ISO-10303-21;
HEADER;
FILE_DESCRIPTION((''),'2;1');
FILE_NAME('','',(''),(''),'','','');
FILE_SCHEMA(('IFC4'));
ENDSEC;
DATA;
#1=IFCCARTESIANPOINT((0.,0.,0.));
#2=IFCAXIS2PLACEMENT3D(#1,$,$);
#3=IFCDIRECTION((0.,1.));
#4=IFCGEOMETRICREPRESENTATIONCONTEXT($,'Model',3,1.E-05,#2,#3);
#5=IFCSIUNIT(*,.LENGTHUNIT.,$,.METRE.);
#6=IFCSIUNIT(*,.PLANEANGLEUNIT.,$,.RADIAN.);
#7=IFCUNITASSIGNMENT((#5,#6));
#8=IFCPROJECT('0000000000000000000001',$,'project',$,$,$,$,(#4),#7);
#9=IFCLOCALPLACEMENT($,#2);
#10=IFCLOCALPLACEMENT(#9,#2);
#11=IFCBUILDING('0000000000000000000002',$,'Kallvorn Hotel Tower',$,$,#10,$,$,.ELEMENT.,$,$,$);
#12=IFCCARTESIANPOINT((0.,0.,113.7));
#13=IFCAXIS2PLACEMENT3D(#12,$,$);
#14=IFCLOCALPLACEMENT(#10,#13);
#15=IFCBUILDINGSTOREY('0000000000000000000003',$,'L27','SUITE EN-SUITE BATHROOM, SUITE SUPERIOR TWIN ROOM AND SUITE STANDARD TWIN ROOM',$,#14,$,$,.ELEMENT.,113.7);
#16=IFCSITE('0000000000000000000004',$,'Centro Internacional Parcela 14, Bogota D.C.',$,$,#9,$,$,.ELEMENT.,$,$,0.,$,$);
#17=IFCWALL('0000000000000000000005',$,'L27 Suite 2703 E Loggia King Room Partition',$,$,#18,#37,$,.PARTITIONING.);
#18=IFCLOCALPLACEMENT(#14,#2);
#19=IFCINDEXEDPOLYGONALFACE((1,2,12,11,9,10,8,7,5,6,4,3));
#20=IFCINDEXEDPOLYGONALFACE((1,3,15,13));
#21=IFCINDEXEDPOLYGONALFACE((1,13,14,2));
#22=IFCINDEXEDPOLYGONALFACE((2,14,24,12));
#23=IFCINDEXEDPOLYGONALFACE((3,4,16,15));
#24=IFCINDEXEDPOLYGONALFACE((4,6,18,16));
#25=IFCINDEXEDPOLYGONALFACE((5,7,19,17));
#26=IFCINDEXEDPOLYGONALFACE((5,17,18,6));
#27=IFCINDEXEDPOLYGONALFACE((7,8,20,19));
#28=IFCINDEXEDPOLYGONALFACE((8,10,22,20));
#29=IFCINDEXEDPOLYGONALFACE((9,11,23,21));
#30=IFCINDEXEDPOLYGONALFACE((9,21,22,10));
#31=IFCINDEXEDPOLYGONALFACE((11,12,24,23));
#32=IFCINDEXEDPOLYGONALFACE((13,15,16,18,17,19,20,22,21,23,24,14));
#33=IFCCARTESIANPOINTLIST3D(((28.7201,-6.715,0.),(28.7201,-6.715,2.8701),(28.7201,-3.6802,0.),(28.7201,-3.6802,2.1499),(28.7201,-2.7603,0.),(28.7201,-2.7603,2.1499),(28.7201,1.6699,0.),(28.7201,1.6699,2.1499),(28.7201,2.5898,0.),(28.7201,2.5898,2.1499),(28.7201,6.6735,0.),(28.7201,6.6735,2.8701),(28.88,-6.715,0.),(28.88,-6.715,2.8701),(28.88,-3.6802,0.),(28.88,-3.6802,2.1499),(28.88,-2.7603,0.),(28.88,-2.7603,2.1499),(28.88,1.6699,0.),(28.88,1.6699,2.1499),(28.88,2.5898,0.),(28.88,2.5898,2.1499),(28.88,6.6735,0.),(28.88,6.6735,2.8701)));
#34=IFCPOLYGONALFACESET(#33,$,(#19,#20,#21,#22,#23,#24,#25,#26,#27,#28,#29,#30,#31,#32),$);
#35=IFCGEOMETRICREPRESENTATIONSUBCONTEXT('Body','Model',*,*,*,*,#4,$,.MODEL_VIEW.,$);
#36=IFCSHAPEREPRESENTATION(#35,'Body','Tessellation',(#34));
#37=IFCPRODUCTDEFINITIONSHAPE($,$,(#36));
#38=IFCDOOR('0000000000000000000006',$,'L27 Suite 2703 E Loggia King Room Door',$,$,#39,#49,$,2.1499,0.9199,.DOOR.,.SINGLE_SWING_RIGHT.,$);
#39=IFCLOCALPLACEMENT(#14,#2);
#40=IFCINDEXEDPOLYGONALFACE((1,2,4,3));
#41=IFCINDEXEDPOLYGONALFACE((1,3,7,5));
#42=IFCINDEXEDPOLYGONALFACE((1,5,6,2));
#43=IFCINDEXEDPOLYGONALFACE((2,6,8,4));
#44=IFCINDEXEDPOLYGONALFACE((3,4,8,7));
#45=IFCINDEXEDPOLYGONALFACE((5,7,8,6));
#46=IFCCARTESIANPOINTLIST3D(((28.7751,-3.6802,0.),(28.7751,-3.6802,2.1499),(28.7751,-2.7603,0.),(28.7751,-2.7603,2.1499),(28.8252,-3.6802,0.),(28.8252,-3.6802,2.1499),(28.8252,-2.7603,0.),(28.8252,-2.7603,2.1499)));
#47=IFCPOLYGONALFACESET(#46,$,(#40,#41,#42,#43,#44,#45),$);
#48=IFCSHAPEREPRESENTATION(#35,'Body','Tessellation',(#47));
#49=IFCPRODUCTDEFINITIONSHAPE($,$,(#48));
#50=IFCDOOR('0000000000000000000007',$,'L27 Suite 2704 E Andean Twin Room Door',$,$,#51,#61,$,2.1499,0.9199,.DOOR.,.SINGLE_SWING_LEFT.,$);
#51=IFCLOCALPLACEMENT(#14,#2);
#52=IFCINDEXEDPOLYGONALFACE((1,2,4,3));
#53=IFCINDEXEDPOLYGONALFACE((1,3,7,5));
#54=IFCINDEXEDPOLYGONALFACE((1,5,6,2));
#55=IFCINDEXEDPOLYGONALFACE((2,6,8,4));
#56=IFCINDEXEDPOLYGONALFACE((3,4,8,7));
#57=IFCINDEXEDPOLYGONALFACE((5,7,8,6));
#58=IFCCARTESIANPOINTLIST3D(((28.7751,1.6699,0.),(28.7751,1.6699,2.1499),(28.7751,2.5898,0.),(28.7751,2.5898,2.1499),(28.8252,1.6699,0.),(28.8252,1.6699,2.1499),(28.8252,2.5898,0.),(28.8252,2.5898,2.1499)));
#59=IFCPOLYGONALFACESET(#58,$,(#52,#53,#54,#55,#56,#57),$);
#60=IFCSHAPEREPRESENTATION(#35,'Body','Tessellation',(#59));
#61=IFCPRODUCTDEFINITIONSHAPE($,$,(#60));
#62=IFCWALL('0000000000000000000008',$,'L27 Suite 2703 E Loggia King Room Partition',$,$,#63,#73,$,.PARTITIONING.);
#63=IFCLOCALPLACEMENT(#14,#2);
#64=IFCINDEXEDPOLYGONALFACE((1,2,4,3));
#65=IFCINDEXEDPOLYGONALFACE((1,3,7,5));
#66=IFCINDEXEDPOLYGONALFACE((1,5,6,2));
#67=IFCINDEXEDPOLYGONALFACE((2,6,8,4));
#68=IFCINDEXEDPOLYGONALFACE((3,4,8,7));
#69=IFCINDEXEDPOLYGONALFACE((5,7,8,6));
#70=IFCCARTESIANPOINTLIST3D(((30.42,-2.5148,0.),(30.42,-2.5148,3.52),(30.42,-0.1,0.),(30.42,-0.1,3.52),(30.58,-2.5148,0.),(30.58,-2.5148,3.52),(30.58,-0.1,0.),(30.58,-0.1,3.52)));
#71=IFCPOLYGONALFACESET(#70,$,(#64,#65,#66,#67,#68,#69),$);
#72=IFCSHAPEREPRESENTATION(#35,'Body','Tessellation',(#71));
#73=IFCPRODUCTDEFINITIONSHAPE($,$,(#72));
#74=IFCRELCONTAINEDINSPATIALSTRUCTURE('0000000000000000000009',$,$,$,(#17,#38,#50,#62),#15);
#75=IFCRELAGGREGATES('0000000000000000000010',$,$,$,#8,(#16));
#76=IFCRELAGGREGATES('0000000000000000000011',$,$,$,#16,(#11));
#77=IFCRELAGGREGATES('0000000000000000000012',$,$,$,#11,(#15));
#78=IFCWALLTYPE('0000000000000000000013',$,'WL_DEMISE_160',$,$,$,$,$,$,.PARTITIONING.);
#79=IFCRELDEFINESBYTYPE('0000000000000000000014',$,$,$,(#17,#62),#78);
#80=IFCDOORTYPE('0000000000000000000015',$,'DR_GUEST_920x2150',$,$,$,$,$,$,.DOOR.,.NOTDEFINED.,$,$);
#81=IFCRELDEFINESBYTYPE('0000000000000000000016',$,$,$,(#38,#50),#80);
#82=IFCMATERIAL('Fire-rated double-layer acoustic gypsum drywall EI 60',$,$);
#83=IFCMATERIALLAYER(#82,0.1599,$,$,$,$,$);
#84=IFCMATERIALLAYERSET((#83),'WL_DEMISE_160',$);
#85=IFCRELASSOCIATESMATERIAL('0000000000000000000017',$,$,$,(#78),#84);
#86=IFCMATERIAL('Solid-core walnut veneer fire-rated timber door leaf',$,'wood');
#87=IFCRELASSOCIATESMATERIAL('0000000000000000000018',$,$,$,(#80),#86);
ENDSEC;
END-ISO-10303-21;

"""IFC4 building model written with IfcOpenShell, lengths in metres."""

from ifc_helpers import new_model, si_unit, direction, frame, frame_2d, origin, place, context, subcontext, project, spatial, rectangle, extrude, material, layer, layer_set, type_object, element, fill, save


model = new_model("IFC4")

# Units and contexts
model_context = context("Model", 3, precision=1e-05, world=origin(), true_north=direction((0.0, 1.0)))
body_context = subcontext(model_context, "Body", "Model", "MODEL_VIEW")
ifc_project = project(units=[si_unit("LENGTHUNIT", "METRE"), si_unit("PLANEANGLEUNIT", "RADIAN")], contexts=[model_context])

# Site, building, storey
site_placement = place(None, origin())
site = spatial("IfcSite", under=ifc_project, at=site_placement, Name="Centro Internacional Parcela 14, Bogota D.C.", CompositionType="ELEMENT", RefElevation=0.0)
building_placement = place(site_placement, origin())
building = spatial("IfcBuilding", under=site, at=building_placement, Name="Kallvorn Hotel Tower", CompositionType="ELEMENT")
storey_placement = place(building_placement, frame((0.0, 0.0, 113.7)))
storey = spatial("IfcBuildingStorey", under=building, at=storey_placement, Name="L27", Description="SUITE EN-SUITE BATHROOM, SUITE SUPERIOR TWIN ROOM AND SUITE STANDARD TWIN ROOM", CompositionType="ELEMENT", Elevation=113.7)

# Shared definitions
ifc_material_1 = material(Name="Fire-rated double-layer acoustic gypsum drywall EI 60")
ifc_layer_1 = layer(ifc_material_1, 0.1599)
ifc_layer_set_1 = layer_set([ifc_layer_1], Name="WL_DEMISE_160")
wall_type = type_object("IfcWallType", Name="WL_DEMISE_160", PredefinedType="PARTITIONING", material=ifc_layer_set_1)

# Wall, openings, doors
wall_1_placement = place(storey_placement, frame((28.8, -6.7151, 0.0), z_axis=(0.0, 0.0, 1.0), x_axis=(0.0, 1.0, 0.0)))
wall_1 = element("IfcWall", 1, at=wall_1_placement, inside=storey, type_object=wall_type, Name="L27 Suite 2703 E Loggia King Room Partition", PredefinedType="PARTITIONING", context=body_context, shape_type="SweptSolid", body=[
    extrude(rectangle(XDim=13.3884, YDim=0.1599, at=frame_2d((6.6943, 0.0))), origin(), (0.0, 0.0, 1.0), 2.8701),
])
opening_1_placement = place(wall_1_placement, frame((3.0349, 0.0, 0.0)))
opening_1 = element("IfcOpeningElement", 2, at=opening_1_placement, cuts=wall_1, PredefinedType="OPENING", context=body_context, shape_type="SweptSolid", body=[
    extrude(rectangle(XDim=0.9199, YDim=2.1499, at=frame_2d((0.46, 1.075))), frame((0.0, 0.095, 0.0), z_axis=(0.0, -1.0, 0.0), x_axis=(1.0, 0.0, 0.0)), (0.0, 0.0, 1.0), 0.1899),
])
opening_2_placement = place(wall_1_placement, frame((8.385, 0.0, 0.0)))
opening_2 = element("IfcOpeningElement", 3, at=opening_2_placement, cuts=wall_1, PredefinedType="OPENING", context=body_context, shape_type="SweptSolid", body=[
    extrude(rectangle(XDim=0.9199, YDim=2.1499, at=frame_2d((0.46, 1.075))), frame((0.0, 0.095, 0.0), z_axis=(0.0, -1.0, 0.0), x_axis=(1.0, 0.0, 0.0)), (0.0, 0.0, 1.0), 0.1899),
])
ifc_material_2 = material(Name="Solid-core walnut veneer fire-rated timber door leaf", Category="wood")
door_type_1 = type_object("IfcDoorType", Name="DR_GUEST_920x2150", OperationType="NOTDEFINED", PredefinedType="DOOR", material=ifc_material_2)
door_1_placement = place(opening_1_placement, origin())
door_1 = element("IfcDoor", 4, at=door_1_placement, inside=storey, type_object=door_type_1, Name="L27 Suite 2703 E Loggia King Room Door", OperationType="SINGLE_SWING_RIGHT", OverallHeight=2.1499, OverallWidth=0.9199, PredefinedType="DOOR", context=body_context, shape_type="SweptSolid", body=[
    extrude(rectangle(XDim=0.9199, YDim=2.1499, at=frame_2d((0.46, 1.075))), frame((0.0, 0.0249, 0.0), z_axis=(0.0, -1.0, 0.0), x_axis=(1.0, 0.0, 0.0)), (0.0, 0.0, 1.0), 0.05),
])
fill(opening_1, door_1)
door_2_placement = place(opening_2_placement, origin())
door_2 = element("IfcDoor", 5, at=door_2_placement, inside=storey, type_object=door_type_1, Name="L27 Suite 2704 E Andean Twin Room Door", OperationType="SINGLE_SWING_LEFT", OverallHeight=2.1499, OverallWidth=0.9199, PredefinedType="DOOR", context=body_context, shape_type="SweptSolid", body=[
    extrude(rectangle(XDim=0.9199, YDim=2.1499, at=frame_2d((0.46, 1.075))), frame((0.0, 0.0249, 0.0), z_axis=(0.0, -1.0, 0.0), x_axis=(1.0, 0.0, 0.0)), (0.0, 0.0, 1.0), 0.05),
])
fill(opening_2, door_2)

# Wall
wall_2_placement = place(storey_placement, frame((30.5, -2.5149, 0.0), z_axis=(0.0, 0.0, 1.0), x_axis=(0.0, 1.0, 0.0)))
element("IfcWall", 6, at=wall_2_placement, inside=storey, type_object=wall_type, Name="L27 Suite 2703 E Loggia King Room Partition", PredefinedType="PARTITIONING", context=body_context, shape_type="SweptSolid", body=[
    extrude(rectangle(XDim=2.4148, YDim=0.1599, at=frame_2d((1.2075, 0.0))), origin(), (0.0, 0.0, 1.0), 3.52),
])

save(model, "model.ifc")
